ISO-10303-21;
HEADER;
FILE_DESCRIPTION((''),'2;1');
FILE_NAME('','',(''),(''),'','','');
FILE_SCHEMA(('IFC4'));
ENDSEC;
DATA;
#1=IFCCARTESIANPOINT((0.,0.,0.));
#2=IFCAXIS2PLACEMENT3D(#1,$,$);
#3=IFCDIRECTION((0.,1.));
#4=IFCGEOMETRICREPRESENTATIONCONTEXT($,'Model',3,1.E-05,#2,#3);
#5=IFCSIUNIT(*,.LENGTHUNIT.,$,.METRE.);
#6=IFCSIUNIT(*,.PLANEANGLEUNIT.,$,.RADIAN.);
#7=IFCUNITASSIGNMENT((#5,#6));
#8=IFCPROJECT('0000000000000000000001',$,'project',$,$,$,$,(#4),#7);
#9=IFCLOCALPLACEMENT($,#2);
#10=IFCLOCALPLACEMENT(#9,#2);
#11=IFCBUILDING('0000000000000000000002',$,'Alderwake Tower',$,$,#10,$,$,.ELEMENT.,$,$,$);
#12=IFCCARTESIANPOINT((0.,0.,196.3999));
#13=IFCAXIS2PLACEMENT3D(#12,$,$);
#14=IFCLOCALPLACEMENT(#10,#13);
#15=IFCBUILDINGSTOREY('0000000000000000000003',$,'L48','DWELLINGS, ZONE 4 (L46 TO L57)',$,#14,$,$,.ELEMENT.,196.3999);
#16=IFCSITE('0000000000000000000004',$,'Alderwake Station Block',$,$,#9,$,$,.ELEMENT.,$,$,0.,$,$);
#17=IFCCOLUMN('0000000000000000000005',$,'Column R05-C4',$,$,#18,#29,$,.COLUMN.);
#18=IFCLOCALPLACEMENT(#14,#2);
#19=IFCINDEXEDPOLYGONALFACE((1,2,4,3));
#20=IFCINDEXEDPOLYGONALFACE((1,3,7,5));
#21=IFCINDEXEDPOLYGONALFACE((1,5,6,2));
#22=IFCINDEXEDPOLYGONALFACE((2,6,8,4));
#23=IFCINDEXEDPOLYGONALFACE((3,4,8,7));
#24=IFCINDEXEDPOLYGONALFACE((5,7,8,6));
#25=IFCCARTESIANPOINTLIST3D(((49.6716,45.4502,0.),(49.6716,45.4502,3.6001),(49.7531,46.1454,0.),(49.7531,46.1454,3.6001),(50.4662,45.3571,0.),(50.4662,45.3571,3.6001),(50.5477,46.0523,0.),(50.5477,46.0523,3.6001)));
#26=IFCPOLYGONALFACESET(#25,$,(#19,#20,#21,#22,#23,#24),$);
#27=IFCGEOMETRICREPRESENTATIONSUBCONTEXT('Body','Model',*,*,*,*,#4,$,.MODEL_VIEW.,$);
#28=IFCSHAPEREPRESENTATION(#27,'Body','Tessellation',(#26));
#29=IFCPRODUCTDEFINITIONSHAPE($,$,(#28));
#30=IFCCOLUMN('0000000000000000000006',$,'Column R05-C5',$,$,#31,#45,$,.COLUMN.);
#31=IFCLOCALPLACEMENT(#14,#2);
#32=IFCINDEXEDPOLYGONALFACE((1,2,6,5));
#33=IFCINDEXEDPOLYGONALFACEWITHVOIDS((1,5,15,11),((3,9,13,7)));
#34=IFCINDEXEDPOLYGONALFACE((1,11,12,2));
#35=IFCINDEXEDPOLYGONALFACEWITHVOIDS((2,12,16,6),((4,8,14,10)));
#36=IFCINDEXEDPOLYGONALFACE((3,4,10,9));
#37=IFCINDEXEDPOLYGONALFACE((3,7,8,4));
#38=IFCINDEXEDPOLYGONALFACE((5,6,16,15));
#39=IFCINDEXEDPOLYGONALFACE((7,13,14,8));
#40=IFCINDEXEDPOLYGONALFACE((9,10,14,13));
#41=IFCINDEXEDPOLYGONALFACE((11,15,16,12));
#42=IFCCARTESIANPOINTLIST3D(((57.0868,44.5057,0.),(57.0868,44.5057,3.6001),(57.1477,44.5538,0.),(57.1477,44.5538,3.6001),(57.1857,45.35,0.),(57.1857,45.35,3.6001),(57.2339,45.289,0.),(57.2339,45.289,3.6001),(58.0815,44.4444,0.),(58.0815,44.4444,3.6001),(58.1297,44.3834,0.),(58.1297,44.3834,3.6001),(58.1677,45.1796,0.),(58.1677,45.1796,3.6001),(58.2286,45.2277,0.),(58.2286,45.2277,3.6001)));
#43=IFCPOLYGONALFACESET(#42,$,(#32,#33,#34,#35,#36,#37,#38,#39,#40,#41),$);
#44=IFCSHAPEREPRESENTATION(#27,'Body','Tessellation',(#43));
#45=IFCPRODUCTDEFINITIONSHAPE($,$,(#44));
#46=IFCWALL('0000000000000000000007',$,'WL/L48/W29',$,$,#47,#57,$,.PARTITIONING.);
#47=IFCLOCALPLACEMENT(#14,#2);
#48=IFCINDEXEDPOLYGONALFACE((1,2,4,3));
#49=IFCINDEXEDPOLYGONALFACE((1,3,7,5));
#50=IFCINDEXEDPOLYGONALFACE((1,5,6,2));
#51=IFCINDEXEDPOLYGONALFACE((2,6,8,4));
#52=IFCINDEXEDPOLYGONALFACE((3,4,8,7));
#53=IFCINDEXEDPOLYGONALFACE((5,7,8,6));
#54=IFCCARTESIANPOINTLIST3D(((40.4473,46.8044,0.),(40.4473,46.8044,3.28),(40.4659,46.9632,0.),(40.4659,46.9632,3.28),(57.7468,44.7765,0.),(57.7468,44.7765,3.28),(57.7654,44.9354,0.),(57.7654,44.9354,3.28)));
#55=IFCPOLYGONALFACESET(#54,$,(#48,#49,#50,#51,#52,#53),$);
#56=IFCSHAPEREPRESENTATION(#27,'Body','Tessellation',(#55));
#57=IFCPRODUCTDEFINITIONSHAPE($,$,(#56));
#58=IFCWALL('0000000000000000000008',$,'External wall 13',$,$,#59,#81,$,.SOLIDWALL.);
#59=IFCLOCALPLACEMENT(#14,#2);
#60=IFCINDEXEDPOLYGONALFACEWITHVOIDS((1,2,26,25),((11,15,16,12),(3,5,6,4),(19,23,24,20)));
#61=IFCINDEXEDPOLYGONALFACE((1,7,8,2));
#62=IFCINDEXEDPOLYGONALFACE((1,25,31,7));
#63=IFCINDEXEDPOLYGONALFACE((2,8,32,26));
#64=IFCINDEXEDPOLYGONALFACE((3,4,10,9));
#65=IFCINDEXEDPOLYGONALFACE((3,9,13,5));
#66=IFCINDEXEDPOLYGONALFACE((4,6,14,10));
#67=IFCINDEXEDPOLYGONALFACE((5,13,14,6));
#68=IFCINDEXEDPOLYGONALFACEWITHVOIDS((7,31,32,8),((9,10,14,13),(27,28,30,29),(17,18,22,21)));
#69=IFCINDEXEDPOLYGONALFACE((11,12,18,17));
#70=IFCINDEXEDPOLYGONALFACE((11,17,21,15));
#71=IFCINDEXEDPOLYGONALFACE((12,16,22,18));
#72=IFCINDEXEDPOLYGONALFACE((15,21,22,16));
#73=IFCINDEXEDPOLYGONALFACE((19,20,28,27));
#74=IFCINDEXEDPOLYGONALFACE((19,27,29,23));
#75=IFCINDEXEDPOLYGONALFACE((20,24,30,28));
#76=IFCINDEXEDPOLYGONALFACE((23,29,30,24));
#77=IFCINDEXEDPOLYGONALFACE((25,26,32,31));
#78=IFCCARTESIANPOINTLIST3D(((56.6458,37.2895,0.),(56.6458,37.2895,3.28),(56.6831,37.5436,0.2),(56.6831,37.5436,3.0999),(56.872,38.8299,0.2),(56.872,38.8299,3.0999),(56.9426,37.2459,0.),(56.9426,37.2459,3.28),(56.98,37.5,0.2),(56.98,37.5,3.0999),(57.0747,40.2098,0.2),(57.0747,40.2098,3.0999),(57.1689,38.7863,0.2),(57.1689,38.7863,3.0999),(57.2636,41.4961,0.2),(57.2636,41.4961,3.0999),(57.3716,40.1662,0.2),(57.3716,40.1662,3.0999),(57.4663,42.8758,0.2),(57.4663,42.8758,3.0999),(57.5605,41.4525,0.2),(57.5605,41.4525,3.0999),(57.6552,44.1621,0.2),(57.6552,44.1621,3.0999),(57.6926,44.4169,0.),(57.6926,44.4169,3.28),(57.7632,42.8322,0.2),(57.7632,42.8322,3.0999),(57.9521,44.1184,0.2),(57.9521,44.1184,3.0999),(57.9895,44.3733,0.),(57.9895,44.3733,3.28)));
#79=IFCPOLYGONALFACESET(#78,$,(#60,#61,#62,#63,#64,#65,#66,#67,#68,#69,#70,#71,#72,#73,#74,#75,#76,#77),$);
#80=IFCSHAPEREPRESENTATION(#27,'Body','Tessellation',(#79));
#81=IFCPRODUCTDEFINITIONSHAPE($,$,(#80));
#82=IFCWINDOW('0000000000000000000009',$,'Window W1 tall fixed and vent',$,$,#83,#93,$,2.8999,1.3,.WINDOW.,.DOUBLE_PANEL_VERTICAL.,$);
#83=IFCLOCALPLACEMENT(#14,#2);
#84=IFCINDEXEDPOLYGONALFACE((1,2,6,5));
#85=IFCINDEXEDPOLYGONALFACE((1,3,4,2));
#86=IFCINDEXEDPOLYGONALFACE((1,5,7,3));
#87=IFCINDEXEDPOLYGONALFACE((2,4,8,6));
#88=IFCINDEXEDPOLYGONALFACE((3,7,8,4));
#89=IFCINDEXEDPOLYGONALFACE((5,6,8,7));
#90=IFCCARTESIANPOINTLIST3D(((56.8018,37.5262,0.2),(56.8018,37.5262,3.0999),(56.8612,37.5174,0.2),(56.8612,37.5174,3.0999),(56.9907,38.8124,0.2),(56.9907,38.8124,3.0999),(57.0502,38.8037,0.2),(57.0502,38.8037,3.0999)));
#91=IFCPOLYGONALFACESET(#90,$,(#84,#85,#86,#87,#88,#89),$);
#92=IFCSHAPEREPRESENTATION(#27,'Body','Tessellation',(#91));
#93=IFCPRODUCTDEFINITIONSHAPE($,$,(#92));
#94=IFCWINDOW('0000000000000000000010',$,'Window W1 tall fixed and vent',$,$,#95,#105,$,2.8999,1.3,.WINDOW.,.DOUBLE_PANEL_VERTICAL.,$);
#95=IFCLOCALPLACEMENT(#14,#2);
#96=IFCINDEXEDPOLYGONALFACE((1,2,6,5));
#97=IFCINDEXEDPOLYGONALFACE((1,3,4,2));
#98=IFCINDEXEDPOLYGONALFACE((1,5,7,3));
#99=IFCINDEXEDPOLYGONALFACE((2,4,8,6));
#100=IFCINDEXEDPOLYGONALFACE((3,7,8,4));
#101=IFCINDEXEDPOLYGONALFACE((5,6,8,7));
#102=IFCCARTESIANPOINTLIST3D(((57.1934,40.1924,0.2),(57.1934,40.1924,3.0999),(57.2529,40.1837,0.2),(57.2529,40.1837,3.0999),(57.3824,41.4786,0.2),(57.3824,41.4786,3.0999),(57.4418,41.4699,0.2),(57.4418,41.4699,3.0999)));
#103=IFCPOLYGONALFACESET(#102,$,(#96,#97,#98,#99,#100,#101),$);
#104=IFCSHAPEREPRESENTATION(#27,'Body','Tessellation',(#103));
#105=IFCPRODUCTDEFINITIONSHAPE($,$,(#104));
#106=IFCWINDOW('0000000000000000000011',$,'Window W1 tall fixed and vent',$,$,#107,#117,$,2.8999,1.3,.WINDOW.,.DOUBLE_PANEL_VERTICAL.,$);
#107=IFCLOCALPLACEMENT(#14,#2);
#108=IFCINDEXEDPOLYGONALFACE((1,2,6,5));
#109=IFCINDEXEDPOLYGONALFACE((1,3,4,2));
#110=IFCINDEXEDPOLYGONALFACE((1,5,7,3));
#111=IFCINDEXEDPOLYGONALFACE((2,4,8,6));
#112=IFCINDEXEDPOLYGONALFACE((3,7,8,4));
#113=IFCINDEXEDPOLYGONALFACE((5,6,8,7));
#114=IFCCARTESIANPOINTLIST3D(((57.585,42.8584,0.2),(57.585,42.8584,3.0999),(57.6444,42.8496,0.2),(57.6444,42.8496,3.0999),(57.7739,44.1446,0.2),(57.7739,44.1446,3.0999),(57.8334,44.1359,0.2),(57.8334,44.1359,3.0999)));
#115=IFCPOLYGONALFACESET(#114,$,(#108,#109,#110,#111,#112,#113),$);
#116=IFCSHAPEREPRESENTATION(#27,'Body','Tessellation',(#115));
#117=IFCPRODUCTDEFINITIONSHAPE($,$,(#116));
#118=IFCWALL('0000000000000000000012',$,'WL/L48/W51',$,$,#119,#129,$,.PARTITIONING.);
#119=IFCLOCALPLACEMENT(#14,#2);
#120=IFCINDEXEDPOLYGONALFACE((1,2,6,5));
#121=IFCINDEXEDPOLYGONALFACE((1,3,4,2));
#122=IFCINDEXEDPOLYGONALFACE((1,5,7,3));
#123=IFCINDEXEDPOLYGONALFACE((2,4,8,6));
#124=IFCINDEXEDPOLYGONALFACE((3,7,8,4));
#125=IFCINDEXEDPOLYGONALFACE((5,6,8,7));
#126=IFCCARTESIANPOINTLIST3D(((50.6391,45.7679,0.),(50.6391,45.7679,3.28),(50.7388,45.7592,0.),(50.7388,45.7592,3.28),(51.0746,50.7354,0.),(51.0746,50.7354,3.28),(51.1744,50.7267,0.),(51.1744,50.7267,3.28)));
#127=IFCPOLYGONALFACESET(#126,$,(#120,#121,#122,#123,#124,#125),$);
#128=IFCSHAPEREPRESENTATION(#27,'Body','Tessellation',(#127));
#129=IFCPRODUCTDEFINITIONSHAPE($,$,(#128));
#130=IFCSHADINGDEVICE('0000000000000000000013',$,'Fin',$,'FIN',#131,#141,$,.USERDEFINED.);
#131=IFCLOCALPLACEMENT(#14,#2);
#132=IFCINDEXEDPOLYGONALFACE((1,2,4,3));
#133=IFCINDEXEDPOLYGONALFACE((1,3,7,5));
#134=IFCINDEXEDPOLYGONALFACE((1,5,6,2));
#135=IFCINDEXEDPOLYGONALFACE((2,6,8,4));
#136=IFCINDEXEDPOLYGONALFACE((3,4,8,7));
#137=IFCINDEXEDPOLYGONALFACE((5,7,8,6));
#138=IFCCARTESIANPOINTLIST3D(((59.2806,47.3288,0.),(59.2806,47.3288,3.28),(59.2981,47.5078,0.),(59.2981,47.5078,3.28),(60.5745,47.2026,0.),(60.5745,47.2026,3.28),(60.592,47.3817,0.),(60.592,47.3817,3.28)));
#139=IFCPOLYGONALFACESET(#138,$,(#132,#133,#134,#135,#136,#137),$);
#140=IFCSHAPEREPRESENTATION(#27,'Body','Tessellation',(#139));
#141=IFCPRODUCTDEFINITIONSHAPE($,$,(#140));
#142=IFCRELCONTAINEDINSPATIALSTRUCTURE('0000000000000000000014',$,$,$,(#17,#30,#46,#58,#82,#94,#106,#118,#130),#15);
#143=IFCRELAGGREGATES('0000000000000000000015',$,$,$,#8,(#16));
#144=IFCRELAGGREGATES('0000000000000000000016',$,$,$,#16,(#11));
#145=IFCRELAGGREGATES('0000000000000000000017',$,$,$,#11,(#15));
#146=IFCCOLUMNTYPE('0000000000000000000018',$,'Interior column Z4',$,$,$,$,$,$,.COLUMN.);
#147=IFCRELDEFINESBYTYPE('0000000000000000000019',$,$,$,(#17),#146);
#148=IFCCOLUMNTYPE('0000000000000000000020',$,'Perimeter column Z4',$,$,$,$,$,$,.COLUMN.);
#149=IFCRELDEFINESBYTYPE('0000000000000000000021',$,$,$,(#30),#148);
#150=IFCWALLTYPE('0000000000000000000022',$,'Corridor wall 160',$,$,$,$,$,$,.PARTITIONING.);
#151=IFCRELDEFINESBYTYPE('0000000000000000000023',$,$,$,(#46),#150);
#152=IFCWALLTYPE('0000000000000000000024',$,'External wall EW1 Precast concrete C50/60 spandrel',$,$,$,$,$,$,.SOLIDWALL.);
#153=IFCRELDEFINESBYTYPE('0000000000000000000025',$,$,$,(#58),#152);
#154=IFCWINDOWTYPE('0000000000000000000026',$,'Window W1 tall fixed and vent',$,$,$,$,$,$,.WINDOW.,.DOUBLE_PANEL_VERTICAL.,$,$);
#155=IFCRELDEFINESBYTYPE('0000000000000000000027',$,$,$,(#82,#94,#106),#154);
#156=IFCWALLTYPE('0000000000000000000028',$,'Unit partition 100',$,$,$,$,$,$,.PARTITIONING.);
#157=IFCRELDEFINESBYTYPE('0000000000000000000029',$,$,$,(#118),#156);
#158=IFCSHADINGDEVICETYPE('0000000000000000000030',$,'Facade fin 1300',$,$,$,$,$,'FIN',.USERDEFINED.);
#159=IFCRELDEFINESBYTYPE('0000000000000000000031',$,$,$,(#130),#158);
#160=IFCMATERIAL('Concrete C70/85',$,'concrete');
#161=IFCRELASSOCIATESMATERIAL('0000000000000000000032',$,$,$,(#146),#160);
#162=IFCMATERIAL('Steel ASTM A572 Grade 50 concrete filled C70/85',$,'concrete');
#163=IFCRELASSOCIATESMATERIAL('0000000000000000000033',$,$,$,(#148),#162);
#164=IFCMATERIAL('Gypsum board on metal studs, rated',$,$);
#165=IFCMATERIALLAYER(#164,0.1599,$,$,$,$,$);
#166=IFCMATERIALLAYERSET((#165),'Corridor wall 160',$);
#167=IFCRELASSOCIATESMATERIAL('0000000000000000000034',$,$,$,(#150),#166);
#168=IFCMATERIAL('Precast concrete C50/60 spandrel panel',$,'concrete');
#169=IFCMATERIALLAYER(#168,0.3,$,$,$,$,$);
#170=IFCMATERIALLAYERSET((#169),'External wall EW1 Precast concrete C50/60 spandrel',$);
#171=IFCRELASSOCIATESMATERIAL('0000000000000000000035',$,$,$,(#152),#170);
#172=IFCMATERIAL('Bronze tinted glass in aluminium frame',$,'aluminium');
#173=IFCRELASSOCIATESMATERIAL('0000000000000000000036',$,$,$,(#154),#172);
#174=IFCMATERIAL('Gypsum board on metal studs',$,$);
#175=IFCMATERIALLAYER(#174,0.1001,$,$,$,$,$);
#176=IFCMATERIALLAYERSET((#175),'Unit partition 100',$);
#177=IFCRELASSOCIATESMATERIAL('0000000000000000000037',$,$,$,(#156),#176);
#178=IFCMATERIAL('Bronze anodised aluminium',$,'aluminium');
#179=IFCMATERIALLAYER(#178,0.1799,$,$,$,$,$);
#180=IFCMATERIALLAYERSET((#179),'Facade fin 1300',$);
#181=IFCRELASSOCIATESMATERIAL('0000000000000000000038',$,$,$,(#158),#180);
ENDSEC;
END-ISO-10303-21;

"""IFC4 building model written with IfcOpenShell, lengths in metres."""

from ifc_helpers import new_model, si_unit, direction, frame, frame_2d, origin, origin_2d, place, context, subcontext, project, spatial, rectangle, hollow_rectangle, extrude, material, layer, layer_set, material_profile, profile_set, type_object, element, fill, save


model = new_model("IFC4")

# Units and contexts
model_context = context("Model", 3, precision=1e-05, world=origin(), true_north=direction((0.0, 1.0)))
body_context = subcontext(model_context, "Body", "Model", "MODEL_VIEW")
ifc_project = project(units=[si_unit("LENGTHUNIT", "METRE"), si_unit("PLANEANGLEUNIT", "RADIAN")], contexts=[model_context])

# Site, building, storey
site_placement = place(None, origin())
site = spatial("IfcSite", under=ifc_project, at=site_placement, Name="Alderwake Station Block", CompositionType="ELEMENT", RefElevation=0.0)
building_placement = place(site_placement, origin())
building = spatial("IfcBuilding", under=site, at=building_placement, Name="Alderwake Tower", CompositionType="ELEMENT")
storey_placement = place(building_placement, frame((0.0, 0.0, 196.3999)))
storey = spatial("IfcBuildingStorey", under=building, at=storey_placement, Name="L48", Description="DWELLINGS, ZONE 4 (L46 TO L57)", CompositionType="ELEMENT", Elevation=196.3999)

# Columns
ifc_material_1 = material(Name="Concrete C70/85", Category="concrete")
ifc_material_profile_1 = material_profile(ifc_material_1, rectangle(XDim=0.7, YDim=0.8, at=origin_2d()), Name="RC 800X700")
ifc_profile_set_1 = profile_set([ifc_material_profile_1], Name="Concrete C70/85")
column_type_1 = type_object("IfcColumnType", Name="Interior column Z4", PredefinedType="COLUMN", material=ifc_profile_set_1)
column_1_placement = place(storey_placement, frame((50.1096, 45.7512, 0.0), z_axis=(0.0, 0.0, 1.0), x_axis=(0.116402, 0.993202, 0.0)))
element("IfcColumn", 1, at=column_1_placement, inside=storey, type_object=column_type_1, Name="Column R05-C4", PredefinedType="COLUMN", context=body_context, shape_type="SweptSolid", body=[
    extrude(rectangle(XDim=0.7, YDim=0.8, at=origin_2d()), origin(), (0.0, 0.0, 1.0), 3.6001),
])
ifc_material_2 = material(Name="Steel ASTM A572 Grade 50 concrete filled C70/85", Category="concrete")
ifc_material_profile_2 = material_profile(ifc_material_2, hollow_rectangle(XDim=0.8501, YDim=1.05, WallThickness=0.0549, at=origin_2d()), Name="BOX 1050X850X55")
ifc_profile_set_2 = profile_set([ifc_material_profile_2], Name="Steel ASTM A572 Grade 50 concrete filled C70/85")
column_type_2 = type_object("IfcColumnType", Name="Perimeter column Z4", PredefinedType="COLUMN", material=ifc_profile_set_2)
column_2_placement = place(storey_placement, frame((57.6577, 44.8667, 0.0), z_axis=(0.0, 0.0, 1.0), x_axis=(0.116402, 0.993202, 0.0)))
element("IfcColumn", 2, at=column_2_placement, inside=storey, type_object=column_type_2, Name="Column R05-C5", PredefinedType="COLUMN", context=body_context, shape_type="SweptSolid", body=[
    extrude(hollow_rectangle(XDim=0.8501, YDim=1.05, WallThickness=0.0549, at=origin_2d()), origin(), (0.0, 0.0, 1.0), 3.6001),
])

# Wall
ifc_material_3 = material(Name="Gypsum board on metal studs, rated")
ifc_layer_1 = layer(ifc_material_3, 0.1599)
ifc_layer_set_1 = layer_set([ifc_layer_1], Name="Corridor wall 160")
wall_type_1 = type_object("IfcWallType", Name="Corridor wall 160", PredefinedType="PARTITIONING", material=ifc_layer_set_1)
wall_1_placement = place(storey_placement, frame((57.7561, 44.856, 0.0), z_axis=(0.0, 0.0, 1.0), x_axis=(-0.9932, 0.116422, 0.0)))
element("IfcWall", 3, at=wall_1_placement, inside=storey, type_object=wall_type_1, Name="WL/L48/W29", PredefinedType="PARTITIONING", context=body_context, shape_type="SweptSolid", body=[
    extrude(rectangle(XDim=17.418, YDim=0.1599, at=frame_2d((8.709, 0.0))), origin(), (0.0, 0.0, 1.0), 3.28),
])

# Wall, openings, windows
ifc_material_4 = material(Name="Precast concrete C50/60 spandrel panel", Category="concrete")
ifc_layer_2 = layer(ifc_material_4, 0.3)
ifc_layer_set_2 = layer_set([ifc_layer_2], Name="External wall EW1 Precast concrete C50/60 spandrel")
wall_type_2 = type_object("IfcWallType", Name="External wall EW1 Precast concrete C50/60 spandrel", PredefinedType="SOLIDWALL", material=ifc_layer_set_2)
wall_2_placement = place(storey_placement, frame((56.7942, 37.2676, 0.0), z_axis=(0.0, 0.0, 1.0), x_axis=(0.14532, 0.989385, 0.0)))
wall_2 = element("IfcWall", 4, at=wall_2_placement, inside=storey, type_object=wall_type_2, Name="External wall 13", PredefinedType="SOLIDWALL", context=body_context, shape_type="SweptSolid", body=[
    extrude(rectangle(XDim=7.2039, YDim=0.3, at=frame_2d((3.6021, 0.0))), origin(), (0.0, 0.0, 1.0), 3.28),
])
opening_1_placement = place(wall_2_placement, frame((0.2571, 0.0, 0.2)))
opening_1 = element("IfcOpeningElement", 5, at=opening_1_placement, cuts=wall_2, PredefinedType="OPENING", context=body_context, shape_type="SweptSolid", body=[
    extrude(rectangle(XDim=1.3, YDim=2.8999, at=frame_2d((0.6499, 1.45))), frame((0.0, 0.1599, 0.0), z_axis=(0.0, -1.0, 0.0), x_axis=(1.0, 0.0, 0.0)), (0.0, 0.0, 1.0), 0.3201),
])
opening_2_placement = place(wall_2_placement, frame((2.9519, 0.0, 0.2)))
opening_2 = element("IfcOpeningElement", 6, at=opening_2_placement, cuts=wall_2, PredefinedType="OPENING", context=body_context, shape_type="SweptSolid", body=[
    extrude(rectangle(XDim=1.3, YDim=2.8999, at=frame_2d((0.6499, 1.45))), frame((0.0, 0.1599, 0.0), z_axis=(0.0, -1.0, 0.0), x_axis=(1.0, 0.0, 0.0)), (0.0, 0.0, 1.0), 0.3201),
])
opening_3_placement = place(wall_2_placement, frame((5.6465, 0.0, 0.2)))
opening_3 = element("IfcOpeningElement", 7, at=opening_3_placement, cuts=wall_2, PredefinedType="OPENING", context=body_context, shape_type="SweptSolid", body=[
    extrude(rectangle(XDim=1.3, YDim=2.8999, at=frame_2d((0.6499, 1.45))), frame((0.0, 0.1599, 0.0), z_axis=(0.0, -1.0, 0.0), x_axis=(1.0, 0.0, 0.0)), (0.0, 0.0, 1.0), 0.3201),
])
ifc_material_5 = material(Name="Bronze tinted glass in aluminium frame", Category="aluminium")
window_type = type_object("IfcWindowType", Name="Window W1 tall fixed and vent", PartitioningType="DOUBLE_PANEL_VERTICAL", PredefinedType="WINDOW", material=ifc_material_5)
window_1_placement = place(opening_1_placement, origin())
window_1 = element("IfcWindow", 8, at=window_1_placement, inside=storey, type_object=window_type, Name="Window W1 tall fixed and vent", OverallHeight=2.8999, OverallWidth=1.3, PartitioningType="DOUBLE_PANEL_VERTICAL", PredefinedType="WINDOW", context=body_context, shape_type="SweptSolid", body=[
    extrude(rectangle(XDim=1.3, YDim=2.8999, at=frame_2d((0.6499, 1.45))), frame((0.0, 0.03, 0.0), z_axis=(0.0, -1.0, 0.0), x_axis=(1.0, 0.0, 0.0)), (0.0, 0.0, 1.0), 0.0601),
])
fill(opening_1, window_1)
window_2_placement = place(opening_2_placement, origin())
window_2 = element("IfcWindow", 9, at=window_2_placement, inside=storey, type_object=window_type, Name="Window W1 tall fixed and vent", OverallHeight=2.8999, OverallWidth=1.3, PartitioningType="DOUBLE_PANEL_VERTICAL", PredefinedType="WINDOW", context=body_context, shape_type="SweptSolid", body=[
    extrude(rectangle(XDim=1.3, YDim=2.8999, at=frame_2d((0.6499, 1.45))), frame((0.0, 0.03, 0.0), z_axis=(0.0, -1.0, 0.0), x_axis=(1.0, 0.0, 0.0)), (0.0, 0.0, 1.0), 0.0601),
])
fill(opening_2, window_2)
window_3_placement = place(opening_3_placement, origin())
window_3 = element("IfcWindow", 10, at=window_3_placement, inside=storey, type_object=window_type, Name="Window W1 tall fixed and vent", OverallHeight=2.8999, OverallWidth=1.3, PartitioningType="DOUBLE_PANEL_VERTICAL", PredefinedType="WINDOW", context=body_context, shape_type="SweptSolid", body=[
    extrude(rectangle(XDim=1.3, YDim=2.8999, at=frame_2d((0.6499, 1.45))), frame((0.0, 0.03, 0.0), z_axis=(0.0, -1.0, 0.0), x_axis=(1.0, 0.0, 0.0)), (0.0, 0.0, 1.0), 0.0601),
])
fill(opening_3, window_3)

# Wall
ifc_material_6 = material(Name="Gypsum board on metal studs")
ifc_layer_3 = layer(ifc_material_6, 0.1001)
ifc_layer_set_3 = layer_set([ifc_layer_3], Name="Unit partition 100")
wall_type_3 = type_object("IfcWallType", Name="Unit partition 100", PredefinedType="PARTITIONING", material=ifc_layer_set_3)
wall_3_placement = place(storey_placement, frame((50.689, 45.7637, 0.0), z_axis=(0.0, 0.0, 1.0), x_axis=(0.087344, 0.996178, 0.0)))
element("IfcWall", 11, at=wall_3_placement, inside=storey, type_object=wall_type_3, Name="WL/L48/W51", PredefinedType="PARTITIONING", context=body_context, shape_type="SweptSolid", body=[
    extrude(rectangle(XDim=4.9866, YDim=0.1001, at=frame_2d((2.4932, 0.0))), origin(), (0.0, 0.0, 1.0), 3.28),
])

# Shading device
ifc_material_7 = material(Name="Bronze anodised aluminium", Category="aluminium")
ifc_layer_4 = layer(ifc_material_7, 0.1799)
ifc_layer_set_4 = layer_set([ifc_layer_4], Name="Facade fin 1300")
shading_device_type = type_object("IfcShadingDeviceType", Name="Facade fin 1300", ElementType="FIN", PredefinedType="USERDEFINED", material=ifc_layer_set_4)
shading_device_placement = place(storey_placement, frame((59.9363, 47.3552, 0.0), z_axis=(0.0, 0.0, 1.0), x_axis=(0.99528, -0.097046, 0.0)))
element("IfcShadingDevice", 12, at=shading_device_placement, inside=storey, type_object=shading_device_type, Name="Fin", ObjectType="FIN", PredefinedType="USERDEFINED", context=body_context, shape_type="SweptSolid", body=[
    extrude(rectangle(XDim=1.3, YDim=0.1799, at=origin_2d()), origin(), (0.0, 0.0, 1.0), 3.28),
])

save(model, "model.ifc")
